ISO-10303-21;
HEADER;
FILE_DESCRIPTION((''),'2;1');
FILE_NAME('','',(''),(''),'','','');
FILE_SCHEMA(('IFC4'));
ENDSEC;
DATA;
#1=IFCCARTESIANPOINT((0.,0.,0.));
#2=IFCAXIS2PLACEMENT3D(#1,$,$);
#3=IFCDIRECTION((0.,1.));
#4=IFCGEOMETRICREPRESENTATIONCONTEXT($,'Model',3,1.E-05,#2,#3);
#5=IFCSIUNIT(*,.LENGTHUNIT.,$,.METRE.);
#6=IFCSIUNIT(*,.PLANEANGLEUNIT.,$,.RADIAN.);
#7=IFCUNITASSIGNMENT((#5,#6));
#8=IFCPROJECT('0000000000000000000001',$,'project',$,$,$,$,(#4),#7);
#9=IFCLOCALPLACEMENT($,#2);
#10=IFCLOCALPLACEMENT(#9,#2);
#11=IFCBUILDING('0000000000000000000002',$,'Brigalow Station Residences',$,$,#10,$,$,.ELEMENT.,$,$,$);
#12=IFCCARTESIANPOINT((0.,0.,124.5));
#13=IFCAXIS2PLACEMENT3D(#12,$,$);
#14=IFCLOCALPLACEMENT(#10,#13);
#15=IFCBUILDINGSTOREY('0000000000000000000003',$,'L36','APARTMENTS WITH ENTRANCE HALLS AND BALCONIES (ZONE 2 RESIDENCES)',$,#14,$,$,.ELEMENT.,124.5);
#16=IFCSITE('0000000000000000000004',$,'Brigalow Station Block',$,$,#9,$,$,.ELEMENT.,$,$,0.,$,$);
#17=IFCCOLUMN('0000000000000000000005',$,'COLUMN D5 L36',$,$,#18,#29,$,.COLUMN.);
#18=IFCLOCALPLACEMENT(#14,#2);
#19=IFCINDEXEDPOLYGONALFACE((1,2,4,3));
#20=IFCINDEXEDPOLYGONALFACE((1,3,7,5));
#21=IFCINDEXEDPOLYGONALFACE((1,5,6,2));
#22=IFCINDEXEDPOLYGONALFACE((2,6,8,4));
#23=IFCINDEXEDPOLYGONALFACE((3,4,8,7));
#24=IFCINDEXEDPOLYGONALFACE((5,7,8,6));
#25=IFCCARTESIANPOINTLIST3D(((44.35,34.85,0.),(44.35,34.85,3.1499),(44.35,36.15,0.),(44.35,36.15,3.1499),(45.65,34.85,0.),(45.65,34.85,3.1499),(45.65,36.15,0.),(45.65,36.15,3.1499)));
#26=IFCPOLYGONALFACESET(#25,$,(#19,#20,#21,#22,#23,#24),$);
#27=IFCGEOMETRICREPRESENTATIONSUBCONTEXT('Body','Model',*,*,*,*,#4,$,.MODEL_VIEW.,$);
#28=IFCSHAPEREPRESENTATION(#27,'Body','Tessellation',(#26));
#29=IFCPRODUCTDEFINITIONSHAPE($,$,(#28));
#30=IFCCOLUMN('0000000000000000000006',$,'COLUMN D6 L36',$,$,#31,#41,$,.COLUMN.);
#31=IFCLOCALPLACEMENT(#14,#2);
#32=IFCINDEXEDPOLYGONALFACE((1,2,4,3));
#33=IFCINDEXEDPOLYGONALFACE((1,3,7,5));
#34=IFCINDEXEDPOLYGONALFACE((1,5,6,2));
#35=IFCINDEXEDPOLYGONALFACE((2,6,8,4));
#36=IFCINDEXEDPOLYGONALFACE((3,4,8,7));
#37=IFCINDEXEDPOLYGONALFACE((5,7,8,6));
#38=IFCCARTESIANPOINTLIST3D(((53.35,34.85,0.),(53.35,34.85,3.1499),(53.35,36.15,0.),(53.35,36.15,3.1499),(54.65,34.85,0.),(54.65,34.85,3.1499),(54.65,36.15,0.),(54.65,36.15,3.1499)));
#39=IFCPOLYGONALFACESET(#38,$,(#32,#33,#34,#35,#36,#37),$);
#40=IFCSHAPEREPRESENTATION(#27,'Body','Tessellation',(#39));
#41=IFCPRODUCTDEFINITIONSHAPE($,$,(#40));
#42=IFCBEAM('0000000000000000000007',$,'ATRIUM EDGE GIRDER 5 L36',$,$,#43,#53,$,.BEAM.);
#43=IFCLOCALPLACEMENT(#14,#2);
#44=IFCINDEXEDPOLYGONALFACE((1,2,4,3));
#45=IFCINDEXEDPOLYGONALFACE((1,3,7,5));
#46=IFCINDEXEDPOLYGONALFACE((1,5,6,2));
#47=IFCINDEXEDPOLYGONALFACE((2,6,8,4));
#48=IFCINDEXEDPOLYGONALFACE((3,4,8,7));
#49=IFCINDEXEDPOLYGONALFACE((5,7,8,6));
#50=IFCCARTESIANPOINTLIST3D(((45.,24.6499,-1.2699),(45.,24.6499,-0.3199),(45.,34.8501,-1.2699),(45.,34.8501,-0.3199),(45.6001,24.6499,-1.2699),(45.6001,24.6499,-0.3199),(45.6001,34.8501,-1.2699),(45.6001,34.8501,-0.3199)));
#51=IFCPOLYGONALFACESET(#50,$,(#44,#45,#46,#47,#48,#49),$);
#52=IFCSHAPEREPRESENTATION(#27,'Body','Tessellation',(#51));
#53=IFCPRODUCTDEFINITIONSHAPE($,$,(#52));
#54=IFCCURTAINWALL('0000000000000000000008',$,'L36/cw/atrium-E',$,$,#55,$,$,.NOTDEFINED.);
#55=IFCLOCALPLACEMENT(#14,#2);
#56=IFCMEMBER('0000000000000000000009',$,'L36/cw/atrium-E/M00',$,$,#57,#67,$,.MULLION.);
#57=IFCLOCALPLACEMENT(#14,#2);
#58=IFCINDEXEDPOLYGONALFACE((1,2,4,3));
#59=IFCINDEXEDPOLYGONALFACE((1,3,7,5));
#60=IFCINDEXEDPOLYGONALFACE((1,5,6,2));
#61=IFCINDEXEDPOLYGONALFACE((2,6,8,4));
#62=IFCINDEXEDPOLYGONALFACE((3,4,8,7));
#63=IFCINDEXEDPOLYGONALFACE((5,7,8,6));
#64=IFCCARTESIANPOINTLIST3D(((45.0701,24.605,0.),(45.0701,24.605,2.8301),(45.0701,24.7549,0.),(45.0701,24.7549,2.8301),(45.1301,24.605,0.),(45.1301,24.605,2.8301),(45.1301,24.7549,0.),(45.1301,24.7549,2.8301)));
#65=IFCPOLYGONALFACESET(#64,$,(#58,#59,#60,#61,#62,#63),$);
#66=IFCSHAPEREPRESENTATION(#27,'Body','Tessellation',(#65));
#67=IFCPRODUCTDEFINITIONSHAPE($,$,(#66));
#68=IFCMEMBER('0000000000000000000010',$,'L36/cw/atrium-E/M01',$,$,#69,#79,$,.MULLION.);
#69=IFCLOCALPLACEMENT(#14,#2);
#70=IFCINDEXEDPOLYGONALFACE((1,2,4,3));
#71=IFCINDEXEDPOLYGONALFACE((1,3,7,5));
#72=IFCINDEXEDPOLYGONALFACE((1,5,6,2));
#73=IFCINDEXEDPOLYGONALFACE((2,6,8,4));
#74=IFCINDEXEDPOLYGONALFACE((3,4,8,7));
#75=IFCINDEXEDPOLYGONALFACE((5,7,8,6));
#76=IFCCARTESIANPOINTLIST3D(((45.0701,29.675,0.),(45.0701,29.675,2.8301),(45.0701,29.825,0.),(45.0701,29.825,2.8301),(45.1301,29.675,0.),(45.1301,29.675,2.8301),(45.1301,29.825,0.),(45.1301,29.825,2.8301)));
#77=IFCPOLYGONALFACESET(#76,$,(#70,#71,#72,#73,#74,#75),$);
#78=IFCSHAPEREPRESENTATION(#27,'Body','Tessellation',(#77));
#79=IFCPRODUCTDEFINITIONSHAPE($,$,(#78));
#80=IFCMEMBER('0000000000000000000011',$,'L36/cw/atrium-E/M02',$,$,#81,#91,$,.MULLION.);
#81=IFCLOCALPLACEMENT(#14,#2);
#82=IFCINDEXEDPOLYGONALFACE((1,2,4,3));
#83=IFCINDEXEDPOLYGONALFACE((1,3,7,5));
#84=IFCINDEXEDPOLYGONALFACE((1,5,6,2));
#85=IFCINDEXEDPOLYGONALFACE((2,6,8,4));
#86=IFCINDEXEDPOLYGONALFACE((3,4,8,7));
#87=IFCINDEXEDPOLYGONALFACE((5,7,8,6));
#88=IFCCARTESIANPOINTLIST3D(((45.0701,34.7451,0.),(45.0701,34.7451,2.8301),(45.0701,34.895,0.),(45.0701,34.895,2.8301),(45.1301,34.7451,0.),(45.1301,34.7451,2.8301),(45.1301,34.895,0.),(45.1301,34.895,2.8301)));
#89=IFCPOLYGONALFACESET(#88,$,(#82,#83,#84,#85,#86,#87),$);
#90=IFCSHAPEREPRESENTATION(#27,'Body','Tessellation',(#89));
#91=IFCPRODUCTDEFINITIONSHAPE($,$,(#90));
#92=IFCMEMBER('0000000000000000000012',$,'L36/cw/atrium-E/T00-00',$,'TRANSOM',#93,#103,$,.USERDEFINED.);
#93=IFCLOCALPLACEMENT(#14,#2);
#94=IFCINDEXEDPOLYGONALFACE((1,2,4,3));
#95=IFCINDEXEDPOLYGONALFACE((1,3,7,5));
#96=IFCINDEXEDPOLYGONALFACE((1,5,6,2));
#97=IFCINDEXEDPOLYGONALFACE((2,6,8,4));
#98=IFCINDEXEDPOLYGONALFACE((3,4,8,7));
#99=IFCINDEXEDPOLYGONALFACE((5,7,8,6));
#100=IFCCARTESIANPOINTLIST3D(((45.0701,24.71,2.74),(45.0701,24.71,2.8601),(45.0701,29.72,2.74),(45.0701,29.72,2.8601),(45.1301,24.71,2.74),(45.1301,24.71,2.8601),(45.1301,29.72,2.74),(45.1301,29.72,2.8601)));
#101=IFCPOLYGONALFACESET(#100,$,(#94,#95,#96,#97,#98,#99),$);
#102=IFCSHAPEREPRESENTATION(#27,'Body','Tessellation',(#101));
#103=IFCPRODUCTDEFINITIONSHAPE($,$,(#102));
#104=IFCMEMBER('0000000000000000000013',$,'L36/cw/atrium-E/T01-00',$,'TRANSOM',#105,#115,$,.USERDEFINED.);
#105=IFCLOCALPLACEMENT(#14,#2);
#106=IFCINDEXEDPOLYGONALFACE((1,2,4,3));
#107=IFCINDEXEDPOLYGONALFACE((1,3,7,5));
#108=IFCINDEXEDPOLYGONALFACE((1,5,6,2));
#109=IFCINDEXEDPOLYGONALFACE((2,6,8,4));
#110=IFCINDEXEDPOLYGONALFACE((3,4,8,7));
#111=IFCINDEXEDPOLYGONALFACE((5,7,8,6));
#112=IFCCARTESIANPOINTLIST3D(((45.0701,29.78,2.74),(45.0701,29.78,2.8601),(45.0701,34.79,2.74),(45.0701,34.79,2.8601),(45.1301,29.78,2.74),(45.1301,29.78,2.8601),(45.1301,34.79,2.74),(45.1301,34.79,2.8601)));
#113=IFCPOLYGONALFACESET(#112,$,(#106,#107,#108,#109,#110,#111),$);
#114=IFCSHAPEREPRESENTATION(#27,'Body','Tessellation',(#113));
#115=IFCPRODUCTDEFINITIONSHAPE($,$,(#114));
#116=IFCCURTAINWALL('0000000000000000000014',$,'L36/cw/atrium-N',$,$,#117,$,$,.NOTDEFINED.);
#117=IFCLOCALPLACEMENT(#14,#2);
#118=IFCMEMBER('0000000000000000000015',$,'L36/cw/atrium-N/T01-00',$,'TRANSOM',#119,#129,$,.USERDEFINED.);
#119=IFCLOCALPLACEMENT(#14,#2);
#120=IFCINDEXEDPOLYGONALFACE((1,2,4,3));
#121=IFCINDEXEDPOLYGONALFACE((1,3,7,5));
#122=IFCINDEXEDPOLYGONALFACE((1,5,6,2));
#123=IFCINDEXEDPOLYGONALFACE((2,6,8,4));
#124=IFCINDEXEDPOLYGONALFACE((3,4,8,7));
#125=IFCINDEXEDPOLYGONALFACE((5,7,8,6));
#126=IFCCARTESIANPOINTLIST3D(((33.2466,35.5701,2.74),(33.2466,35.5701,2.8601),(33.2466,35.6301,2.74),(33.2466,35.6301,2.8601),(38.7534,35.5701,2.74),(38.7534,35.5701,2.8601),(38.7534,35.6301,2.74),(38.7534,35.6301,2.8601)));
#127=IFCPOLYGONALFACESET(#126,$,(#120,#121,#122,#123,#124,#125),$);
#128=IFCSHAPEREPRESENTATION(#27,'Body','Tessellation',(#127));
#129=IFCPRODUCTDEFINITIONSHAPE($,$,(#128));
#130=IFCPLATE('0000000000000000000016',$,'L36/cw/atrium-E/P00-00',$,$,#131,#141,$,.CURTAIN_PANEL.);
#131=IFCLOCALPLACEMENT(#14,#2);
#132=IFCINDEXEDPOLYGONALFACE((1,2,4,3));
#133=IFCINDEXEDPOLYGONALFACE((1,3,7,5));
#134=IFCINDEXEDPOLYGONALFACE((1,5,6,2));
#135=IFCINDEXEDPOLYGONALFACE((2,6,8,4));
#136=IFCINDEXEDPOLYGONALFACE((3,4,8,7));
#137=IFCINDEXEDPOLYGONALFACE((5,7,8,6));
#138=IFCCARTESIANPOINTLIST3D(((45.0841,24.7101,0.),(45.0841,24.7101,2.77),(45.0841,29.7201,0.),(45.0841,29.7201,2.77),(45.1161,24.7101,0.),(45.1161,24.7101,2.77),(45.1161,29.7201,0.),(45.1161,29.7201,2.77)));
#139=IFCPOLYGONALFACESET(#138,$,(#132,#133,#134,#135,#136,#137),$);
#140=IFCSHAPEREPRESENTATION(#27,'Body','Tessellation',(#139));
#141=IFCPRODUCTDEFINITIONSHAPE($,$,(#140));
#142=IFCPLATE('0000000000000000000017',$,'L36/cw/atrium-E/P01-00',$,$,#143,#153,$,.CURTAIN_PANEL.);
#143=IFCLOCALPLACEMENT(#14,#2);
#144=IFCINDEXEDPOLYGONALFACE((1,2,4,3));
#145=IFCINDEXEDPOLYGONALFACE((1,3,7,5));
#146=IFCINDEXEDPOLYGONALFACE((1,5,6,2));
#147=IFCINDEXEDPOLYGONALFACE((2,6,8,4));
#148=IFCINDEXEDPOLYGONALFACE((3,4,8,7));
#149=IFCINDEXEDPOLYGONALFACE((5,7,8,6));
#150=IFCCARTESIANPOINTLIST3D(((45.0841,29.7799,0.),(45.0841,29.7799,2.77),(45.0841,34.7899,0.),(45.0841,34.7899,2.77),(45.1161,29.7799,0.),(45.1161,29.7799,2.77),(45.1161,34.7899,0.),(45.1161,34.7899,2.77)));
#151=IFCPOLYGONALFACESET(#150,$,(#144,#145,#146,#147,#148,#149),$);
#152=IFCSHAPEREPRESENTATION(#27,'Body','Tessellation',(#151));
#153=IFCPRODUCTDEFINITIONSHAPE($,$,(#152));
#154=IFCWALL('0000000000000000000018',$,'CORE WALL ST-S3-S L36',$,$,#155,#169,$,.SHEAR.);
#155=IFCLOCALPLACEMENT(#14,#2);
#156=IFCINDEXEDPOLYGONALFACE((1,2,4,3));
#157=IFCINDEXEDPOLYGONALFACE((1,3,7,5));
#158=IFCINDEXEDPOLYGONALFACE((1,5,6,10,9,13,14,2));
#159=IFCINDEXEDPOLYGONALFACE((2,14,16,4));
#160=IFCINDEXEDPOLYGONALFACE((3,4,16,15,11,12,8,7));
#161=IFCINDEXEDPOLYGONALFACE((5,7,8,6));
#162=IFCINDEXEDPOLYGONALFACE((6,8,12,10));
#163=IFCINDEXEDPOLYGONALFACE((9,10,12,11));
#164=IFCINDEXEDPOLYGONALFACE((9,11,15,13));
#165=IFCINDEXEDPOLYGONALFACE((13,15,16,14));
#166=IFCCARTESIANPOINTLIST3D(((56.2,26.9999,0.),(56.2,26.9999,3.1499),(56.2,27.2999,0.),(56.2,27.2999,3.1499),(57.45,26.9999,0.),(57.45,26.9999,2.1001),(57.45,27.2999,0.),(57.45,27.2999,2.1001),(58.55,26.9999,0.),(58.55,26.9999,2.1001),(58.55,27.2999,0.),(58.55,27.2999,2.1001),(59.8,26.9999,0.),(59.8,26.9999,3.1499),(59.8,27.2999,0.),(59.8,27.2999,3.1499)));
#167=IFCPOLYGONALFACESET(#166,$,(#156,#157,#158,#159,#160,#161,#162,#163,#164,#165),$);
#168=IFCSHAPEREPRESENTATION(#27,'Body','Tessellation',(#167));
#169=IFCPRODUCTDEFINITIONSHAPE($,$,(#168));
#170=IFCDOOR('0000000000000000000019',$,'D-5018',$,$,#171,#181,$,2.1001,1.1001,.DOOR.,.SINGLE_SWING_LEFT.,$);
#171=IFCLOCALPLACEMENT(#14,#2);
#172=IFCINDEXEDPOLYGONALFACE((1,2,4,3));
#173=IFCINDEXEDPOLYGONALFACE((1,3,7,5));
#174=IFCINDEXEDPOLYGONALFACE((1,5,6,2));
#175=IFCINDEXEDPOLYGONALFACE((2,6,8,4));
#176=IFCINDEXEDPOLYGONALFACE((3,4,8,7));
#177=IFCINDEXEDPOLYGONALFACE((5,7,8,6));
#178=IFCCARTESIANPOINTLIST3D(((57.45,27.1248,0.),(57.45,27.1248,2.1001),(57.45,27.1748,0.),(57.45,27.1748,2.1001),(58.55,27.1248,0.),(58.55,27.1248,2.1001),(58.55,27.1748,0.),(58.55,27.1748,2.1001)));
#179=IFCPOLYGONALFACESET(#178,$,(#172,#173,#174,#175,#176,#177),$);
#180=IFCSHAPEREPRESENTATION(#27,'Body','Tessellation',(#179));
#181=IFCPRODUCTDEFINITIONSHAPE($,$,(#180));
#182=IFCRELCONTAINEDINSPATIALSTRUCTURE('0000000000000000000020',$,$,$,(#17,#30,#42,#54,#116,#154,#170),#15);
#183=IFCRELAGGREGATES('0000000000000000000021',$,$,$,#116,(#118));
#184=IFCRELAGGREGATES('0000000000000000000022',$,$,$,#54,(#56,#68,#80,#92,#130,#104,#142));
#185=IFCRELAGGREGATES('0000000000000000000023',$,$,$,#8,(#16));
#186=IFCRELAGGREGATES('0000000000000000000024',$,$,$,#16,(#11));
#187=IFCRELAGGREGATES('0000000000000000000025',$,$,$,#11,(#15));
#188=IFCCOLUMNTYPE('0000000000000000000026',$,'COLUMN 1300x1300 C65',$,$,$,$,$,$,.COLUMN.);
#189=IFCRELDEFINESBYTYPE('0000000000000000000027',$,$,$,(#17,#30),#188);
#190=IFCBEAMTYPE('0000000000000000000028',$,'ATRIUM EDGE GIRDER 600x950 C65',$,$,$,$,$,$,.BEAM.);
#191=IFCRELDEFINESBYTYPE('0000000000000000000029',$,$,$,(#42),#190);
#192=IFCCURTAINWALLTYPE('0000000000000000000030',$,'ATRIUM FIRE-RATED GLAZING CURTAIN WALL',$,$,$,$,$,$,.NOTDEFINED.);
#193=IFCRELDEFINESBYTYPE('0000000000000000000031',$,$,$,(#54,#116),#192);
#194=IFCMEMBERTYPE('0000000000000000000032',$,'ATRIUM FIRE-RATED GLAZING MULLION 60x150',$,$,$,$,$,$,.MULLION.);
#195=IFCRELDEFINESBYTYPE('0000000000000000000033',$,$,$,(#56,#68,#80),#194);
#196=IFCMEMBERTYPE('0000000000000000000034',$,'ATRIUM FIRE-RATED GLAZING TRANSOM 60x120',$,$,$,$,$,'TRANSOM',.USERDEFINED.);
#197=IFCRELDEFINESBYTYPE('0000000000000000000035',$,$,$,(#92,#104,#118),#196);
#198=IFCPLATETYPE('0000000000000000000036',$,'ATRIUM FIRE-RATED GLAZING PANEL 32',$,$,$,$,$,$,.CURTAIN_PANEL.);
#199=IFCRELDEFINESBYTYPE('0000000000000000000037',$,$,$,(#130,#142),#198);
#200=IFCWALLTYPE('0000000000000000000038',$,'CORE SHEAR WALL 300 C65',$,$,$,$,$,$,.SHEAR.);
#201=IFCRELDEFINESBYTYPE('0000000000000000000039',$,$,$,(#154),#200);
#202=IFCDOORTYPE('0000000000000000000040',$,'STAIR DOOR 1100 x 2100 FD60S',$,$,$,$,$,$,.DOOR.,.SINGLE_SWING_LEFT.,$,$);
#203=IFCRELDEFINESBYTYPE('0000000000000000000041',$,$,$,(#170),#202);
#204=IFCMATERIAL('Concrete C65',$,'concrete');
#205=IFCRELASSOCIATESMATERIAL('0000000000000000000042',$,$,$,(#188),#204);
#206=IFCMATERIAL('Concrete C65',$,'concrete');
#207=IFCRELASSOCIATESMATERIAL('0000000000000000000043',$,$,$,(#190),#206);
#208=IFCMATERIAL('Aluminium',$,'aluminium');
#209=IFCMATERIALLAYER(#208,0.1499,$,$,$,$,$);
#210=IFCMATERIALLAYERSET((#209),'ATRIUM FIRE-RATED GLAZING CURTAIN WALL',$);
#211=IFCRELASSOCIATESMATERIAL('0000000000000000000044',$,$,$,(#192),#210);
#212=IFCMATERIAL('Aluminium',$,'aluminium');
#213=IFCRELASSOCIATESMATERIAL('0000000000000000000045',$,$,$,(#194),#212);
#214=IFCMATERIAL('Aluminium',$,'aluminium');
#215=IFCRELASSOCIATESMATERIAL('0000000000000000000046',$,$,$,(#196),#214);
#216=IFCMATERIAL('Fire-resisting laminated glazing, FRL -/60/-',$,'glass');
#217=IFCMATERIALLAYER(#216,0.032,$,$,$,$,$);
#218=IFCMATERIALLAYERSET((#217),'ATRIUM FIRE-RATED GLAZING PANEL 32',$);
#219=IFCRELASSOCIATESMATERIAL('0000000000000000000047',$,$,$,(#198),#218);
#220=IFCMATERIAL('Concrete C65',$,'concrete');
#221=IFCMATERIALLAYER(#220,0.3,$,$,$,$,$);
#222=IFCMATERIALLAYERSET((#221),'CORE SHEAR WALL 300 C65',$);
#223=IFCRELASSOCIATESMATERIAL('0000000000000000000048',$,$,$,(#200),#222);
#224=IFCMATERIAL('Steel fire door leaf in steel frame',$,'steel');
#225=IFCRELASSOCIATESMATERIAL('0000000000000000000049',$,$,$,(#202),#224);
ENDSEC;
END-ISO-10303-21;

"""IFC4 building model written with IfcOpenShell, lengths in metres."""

from ifc_helpers import new_model, si_unit, direction, frame, frame_2d, origin, origin_2d, place, context, subcontext, project, spatial, rectangle, extrude, material, layer, layer_set, material_profile, profile_set, type_object, element, fill, aggregate, save


model = new_model("IFC4")

# Units and contexts
model_context = context("Model", 3, precision=1e-05, world=origin(), true_north=direction((0.0, 1.0)))
body_context = subcontext(model_context, "Body", "Model", "MODEL_VIEW")
ifc_project = project(units=[si_unit("LENGTHUNIT", "METRE"), si_unit("PLANEANGLEUNIT", "RADIAN")], contexts=[model_context])

# Site, building, storey
site_placement = place(None, origin())
site = spatial("IfcSite", under=ifc_project, at=site_placement, Name="Brigalow Station Block", CompositionType="ELEMENT", RefElevation=0.0)
building_placement = place(site_placement, origin())
building = spatial("IfcBuilding", under=site, at=building_placement, Name="Brigalow Station Residences", CompositionType="ELEMENT")
storey_placement = place(building_placement, frame((0.0, 0.0, 124.5)))
storey = spatial("IfcBuildingStorey", under=building, at=storey_placement, Name="L36", Description="APARTMENTS WITH ENTRANCE HALLS AND BALCONIES (ZONE 2 RESIDENCES)", CompositionType="ELEMENT", Elevation=124.5)

# Columns
ifc_material_1 = material(Name="Concrete C65", Category="concrete")
ifc_material_profile_1 = material_profile(ifc_material_1, rectangle(XDim=1.3, YDim=1.3, at=origin_2d()), Name="RC1300x1300")
ifc_profile_set_1 = profile_set([ifc_material_profile_1], Name="Concrete C65")
column_type = type_object("IfcColumnType", Name="COLUMN 1300x1300 C65", PredefinedType="COLUMN", material=ifc_profile_set_1)
for number, where, z_axis, x_axis, name in (
    (1, (45.0, 35.5, 0.0), (0.0, 0.0, 1.0), (1.0, 0.0, 0.0), "COLUMN D5 L36"),
    (2, (54.0, 35.5, 0.0), (0.0, 0.0, 1.0), (1.0, 0.0, 0.0), "COLUMN D6 L36"),
):
    element("IfcColumn", number, at=place(storey_placement, frame(where, z_axis=z_axis, x_axis=x_axis)), inside=storey, type_object=column_type, Name=name, PredefinedType="COLUMN", context=body_context, shape_type="SweptSolid", body=[
        extrude(rectangle(XDim=1.3, YDim=1.3, at=origin_2d()), origin(), (0.0, 0.0, 1.0), 3.1499),
    ])

# Beam
ifc_material_2 = material(Name="Concrete C65", Category="concrete")
ifc_material_profile_2 = material_profile(ifc_material_2, rectangle(XDim=0.6001, YDim=0.95, at=origin_2d()), Name="RC600x950")
ifc_profile_set_2 = profile_set([ifc_material_profile_2], Name="Concrete C65")
beam_type = type_object("IfcBeamType", Name="ATRIUM EDGE GIRDER 600x950 C65", PredefinedType="BEAM", material=ifc_profile_set_2)
beam_placement = place(storey_placement, frame((45.3, 24.6499, -0.7949), z_axis=(0.0, 1.0, 0.0), x_axis=(-1.0, 0.0, 0.0)))
element("IfcBeam", 3, at=beam_placement, inside=storey, type_object=beam_type, Name="ATRIUM EDGE GIRDER 5 L36", PredefinedType="BEAM", context=body_context, shape_type="SweptSolid", body=[
    extrude(rectangle(XDim=0.6001, YDim=0.95, at=origin_2d()), origin(), (0.0, 0.0, 1.0), 10.2002),
])

# Curtain wall, members
ifc_material_3 = material(Name="Aluminium", Category="aluminium")
ifc_layer_1 = layer(ifc_material_3, 0.1499)
ifc_layer_set_1 = layer_set([ifc_layer_1], Name="ATRIUM FIRE-RATED GLAZING CURTAIN WALL")
curtain_wall_type = type_object("IfcCurtainWallType", Name="ATRIUM FIRE-RATED GLAZING CURTAIN WALL", PredefinedType="NOTDEFINED", material=ifc_layer_set_1)
curtain_wall_1_placement = place(storey_placement, origin())
curtain_wall_1 = element("IfcCurtainWall", 4, at=curtain_wall_1_placement, inside=storey, type_object=curtain_wall_type, Name="L36/cw/atrium-E", PredefinedType="NOTDEFINED")
ifc_material_4 = material(Name="Aluminium", Category="aluminium")
ifc_material_profile_3 = material_profile(ifc_material_4, rectangle(XDim=0.0601, YDim=0.1499, at=origin_2d()), Name="ATRIUM FIRE-RATED GLAZING MULLION 60x150")
ifc_profile_set_3 = profile_set([ifc_material_profile_3], Name="Aluminium")
member_type_1 = type_object("IfcMemberType", Name="ATRIUM FIRE-RATED GLAZING MULLION 60x150", PredefinedType="MULLION", material=ifc_profile_set_3)
member_1_placement = place(storey_placement, frame((45.1001, 24.6799, 0.0), z_axis=(0.0, 0.0, 1.0), x_axis=(-1.0, 0.0, 0.0)))
member_1 = element("IfcMember", 5, at=member_1_placement, type_object=member_type_1, Name="L36/cw/atrium-E/M00", PredefinedType="MULLION", context=body_context, shape_type="SweptSolid", body=[
    extrude(rectangle(XDim=0.0601, YDim=0.1499, at=origin_2d()), origin(), (0.0, 0.0, 1.0), 2.8301),
])
member_2_placement = place(storey_placement, frame((45.1001, 29.75, 0.0), z_axis=(0.0, 0.0, 1.0), x_axis=(-1.0, 0.0, 0.0)))
member_2 = element("IfcMember", 6, at=member_2_placement, type_object=member_type_1, Name="L36/cw/atrium-E/M01", PredefinedType="MULLION", context=body_context, shape_type="SweptSolid", body=[
    extrude(rectangle(XDim=0.0601, YDim=0.1499, at=origin_2d()), origin(), (0.0, 0.0, 1.0), 2.8301),
])
member_3_placement = place(storey_placement, frame((45.1001, 34.8201, 0.0), z_axis=(0.0, 0.0, 1.0), x_axis=(-1.0, 0.0, 0.0)))
member_3 = element("IfcMember", 7, at=member_3_placement, type_object=member_type_1, Name="L36/cw/atrium-E/M02", PredefinedType="MULLION", context=body_context, shape_type="SweptSolid", body=[
    extrude(rectangle(XDim=0.0601, YDim=0.1499, at=origin_2d()), origin(), (0.0, 0.0, 1.0), 2.8301),
])
ifc_material_5 = material(Name="Aluminium", Category="aluminium")
ifc_material_profile_4 = material_profile(ifc_material_5, rectangle(XDim=0.0601, YDim=0.1201, at=origin_2d()), Name="ATRIUM FIRE-RATED GLAZING TRANSOM 60x120")
ifc_profile_set_4 = profile_set([ifc_material_profile_4], Name="Aluminium")
member_type_2 = type_object("IfcMemberType", Name="ATRIUM FIRE-RATED GLAZING TRANSOM 60x120", ElementType="TRANSOM", PredefinedType="USERDEFINED", material=ifc_profile_set_4)
member_4_placement = place(storey_placement, frame((45.1001, 24.71, 2.8), z_axis=(0.0, 1.0, 0.0), x_axis=(-1.0, 0.0, 0.0)))
member_4 = element("IfcMember", 8, at=member_4_placement, type_object=member_type_2, Name="L36/cw/atrium-E/T00-00", ObjectType="TRANSOM", PredefinedType="USERDEFINED", context=body_context, shape_type="SweptSolid", body=[
    extrude(rectangle(XDim=0.0601, YDim=0.1201, at=origin_2d()), origin(), (0.0, 0.0, 1.0), 5.01),
])
member_5_placement = place(storey_placement, frame((45.1001, 29.78, 2.8), z_axis=(0.0, 1.0, 0.0), x_axis=(-1.0, 0.0, 0.0)))
member_5 = element("IfcMember", 9, at=member_5_placement, type_object=member_type_2, Name="L36/cw/atrium-E/T01-00", ObjectType="TRANSOM", PredefinedType="USERDEFINED", context=body_context, shape_type="SweptSolid", body=[
    extrude(rectangle(XDim=0.0601, YDim=0.1201, at=origin_2d()), origin(), (0.0, 0.0, 1.0), 5.01),
])

# Curtain wall, member
curtain_wall_2_placement = place(storey_placement, origin())
curtain_wall_2 = element("IfcCurtainWall", 10, at=curtain_wall_2_placement, inside=storey, type_object=curtain_wall_type, Name="L36/cw/atrium-N", PredefinedType="NOTDEFINED")
member_6_placement = place(storey_placement, frame((38.7534, 35.6001, 2.8), z_axis=(-1.0, 0.0, 0.0), x_axis=(0.0, -1.0, 0.0)))
member_6 = element("IfcMember", 11, at=member_6_placement, type_object=member_type_2, Name="L36/cw/atrium-N/T01-00", ObjectType="TRANSOM", PredefinedType="USERDEFINED", context=body_context, shape_type="SweptSolid", body=[
    extrude(rectangle(XDim=0.0601, YDim=0.1201, at=origin_2d()), origin(), (0.0, 0.0, 1.0), 5.5068),
])
aggregate(curtain_wall_2, [member_6])

# Plates
ifc_material_6 = material(Name="Fire-resisting laminated glazing, FRL -/60/-", Category="glass")
ifc_layer_2 = layer(ifc_material_6, 0.032)
ifc_layer_set_2 = layer_set([ifc_layer_2], Name="ATRIUM FIRE-RATED GLAZING PANEL 32")
plate_type = type_object("IfcPlateType", Name="ATRIUM FIRE-RATED GLAZING PANEL 32", PredefinedType="CURTAIN_PANEL", material=ifc_layer_set_2)
plate_1_placement = place(storey_placement, frame((45.1001, 27.2151, 0.0), z_axis=(0.0, 0.0, 1.0), x_axis=(0.0, 1.0, 0.0)))
plate_1 = element("IfcPlate", 12, at=plate_1_placement, type_object=plate_type, Name="L36/cw/atrium-E/P00-00", PredefinedType="CURTAIN_PANEL", context=body_context, shape_type="SweptSolid", body=[
    extrude(rectangle(XDim=5.01, YDim=0.032, at=origin_2d()), origin(), (0.0, 0.0, 1.0), 2.77),
])
plate_2_placement = place(storey_placement, frame((45.1001, 32.2849, 0.0), z_axis=(0.0, 0.0, 1.0), x_axis=(0.0, 1.0, 0.0)))
plate_2 = element("IfcPlate", 13, at=plate_2_placement, type_object=plate_type, Name="L36/cw/atrium-E/P01-00", PredefinedType="CURTAIN_PANEL", context=body_context, shape_type="SweptSolid", body=[
    extrude(rectangle(XDim=5.01, YDim=0.032, at=origin_2d()), origin(), (0.0, 0.0, 1.0), 2.77),
])
aggregate(curtain_wall_1, [member_1, member_2, member_3, member_4, plate_1, member_5, plate_2])

# Wall, opening, door
ifc_material_7 = material(Name="Concrete C65", Category="concrete")
ifc_layer_3 = layer(ifc_material_7, 0.3)
ifc_layer_set_3 = layer_set([ifc_layer_3], Name="CORE SHEAR WALL 300 C65")
wall_type_1 = type_object("IfcWallType", Name="CORE SHEAR WALL 300 C65", PredefinedType="SHEAR", material=ifc_layer_set_3)
wall_1_placement = place(storey_placement, frame((56.2, 27.1499, 0.0), z_axis=(0.0, 0.0, 1.0), x_axis=(1.0, 0.0, 0.0)))
wall_1 = element("IfcWall", 14, at=wall_1_placement, inside=storey, type_object=wall_type_1, Name="CORE WALL ST-S3-S L36", PredefinedType="SHEAR", context=body_context, shape_type="SweptSolid", body=[
    extrude(rectangle(XDim=3.6001, YDim=0.3, at=frame_2d((1.8, 0.0))), origin(), (0.0, 0.0, 1.0), 3.1499),
])
opening_1_placement = place(wall_1_placement, frame((1.25, 0.0, 0.0)))
opening_1 = element("IfcOpeningElement", 15, at=opening_1_placement, cuts=wall_1, PredefinedType="OPENING", context=body_context, shape_type="SweptSolid", body=[
    extrude(rectangle(XDim=1.1001, YDim=2.1001, at=frame_2d((0.55, 1.05))), frame((0.0, 0.1602, 0.0), z_axis=(0.0, -1.0, 0.0), x_axis=(1.0, 0.0, 0.0)), (0.0, 0.0, 1.0), 0.3201),
])
ifc_material_8 = material(Name="Steel fire door leaf in steel frame", Category="steel")
door_type_1 = type_object("IfcDoorType", Name="STAIR DOOR 1100 x 2100 FD60S", OperationType="SINGLE_SWING_LEFT", PredefinedType="DOOR", material=ifc_material_8)
door_1_placement = place(opening_1_placement, origin())
door_1 = element("IfcDoor", 16, at=door_1_placement, inside=storey, type_object=door_type_1, Name="D-5018", OperationType="SINGLE_SWING_LEFT", OverallHeight=2.1001, OverallWidth=1.1001, PredefinedType="DOOR", context=body_context, shape_type="SweptSolid", body=[
    extrude(rectangle(XDim=1.1001, YDim=2.1001, at=frame_2d((0.55, 1.05))), frame((0.0, 0.0249, 0.0), z_axis=(0.0, -1.0, 0.0), x_axis=(1.0, 0.0, 0.0)), (0.0, 0.0, 1.0), 0.05),
])
fill(opening_1, door_1)

save(model, "model.ifc")
